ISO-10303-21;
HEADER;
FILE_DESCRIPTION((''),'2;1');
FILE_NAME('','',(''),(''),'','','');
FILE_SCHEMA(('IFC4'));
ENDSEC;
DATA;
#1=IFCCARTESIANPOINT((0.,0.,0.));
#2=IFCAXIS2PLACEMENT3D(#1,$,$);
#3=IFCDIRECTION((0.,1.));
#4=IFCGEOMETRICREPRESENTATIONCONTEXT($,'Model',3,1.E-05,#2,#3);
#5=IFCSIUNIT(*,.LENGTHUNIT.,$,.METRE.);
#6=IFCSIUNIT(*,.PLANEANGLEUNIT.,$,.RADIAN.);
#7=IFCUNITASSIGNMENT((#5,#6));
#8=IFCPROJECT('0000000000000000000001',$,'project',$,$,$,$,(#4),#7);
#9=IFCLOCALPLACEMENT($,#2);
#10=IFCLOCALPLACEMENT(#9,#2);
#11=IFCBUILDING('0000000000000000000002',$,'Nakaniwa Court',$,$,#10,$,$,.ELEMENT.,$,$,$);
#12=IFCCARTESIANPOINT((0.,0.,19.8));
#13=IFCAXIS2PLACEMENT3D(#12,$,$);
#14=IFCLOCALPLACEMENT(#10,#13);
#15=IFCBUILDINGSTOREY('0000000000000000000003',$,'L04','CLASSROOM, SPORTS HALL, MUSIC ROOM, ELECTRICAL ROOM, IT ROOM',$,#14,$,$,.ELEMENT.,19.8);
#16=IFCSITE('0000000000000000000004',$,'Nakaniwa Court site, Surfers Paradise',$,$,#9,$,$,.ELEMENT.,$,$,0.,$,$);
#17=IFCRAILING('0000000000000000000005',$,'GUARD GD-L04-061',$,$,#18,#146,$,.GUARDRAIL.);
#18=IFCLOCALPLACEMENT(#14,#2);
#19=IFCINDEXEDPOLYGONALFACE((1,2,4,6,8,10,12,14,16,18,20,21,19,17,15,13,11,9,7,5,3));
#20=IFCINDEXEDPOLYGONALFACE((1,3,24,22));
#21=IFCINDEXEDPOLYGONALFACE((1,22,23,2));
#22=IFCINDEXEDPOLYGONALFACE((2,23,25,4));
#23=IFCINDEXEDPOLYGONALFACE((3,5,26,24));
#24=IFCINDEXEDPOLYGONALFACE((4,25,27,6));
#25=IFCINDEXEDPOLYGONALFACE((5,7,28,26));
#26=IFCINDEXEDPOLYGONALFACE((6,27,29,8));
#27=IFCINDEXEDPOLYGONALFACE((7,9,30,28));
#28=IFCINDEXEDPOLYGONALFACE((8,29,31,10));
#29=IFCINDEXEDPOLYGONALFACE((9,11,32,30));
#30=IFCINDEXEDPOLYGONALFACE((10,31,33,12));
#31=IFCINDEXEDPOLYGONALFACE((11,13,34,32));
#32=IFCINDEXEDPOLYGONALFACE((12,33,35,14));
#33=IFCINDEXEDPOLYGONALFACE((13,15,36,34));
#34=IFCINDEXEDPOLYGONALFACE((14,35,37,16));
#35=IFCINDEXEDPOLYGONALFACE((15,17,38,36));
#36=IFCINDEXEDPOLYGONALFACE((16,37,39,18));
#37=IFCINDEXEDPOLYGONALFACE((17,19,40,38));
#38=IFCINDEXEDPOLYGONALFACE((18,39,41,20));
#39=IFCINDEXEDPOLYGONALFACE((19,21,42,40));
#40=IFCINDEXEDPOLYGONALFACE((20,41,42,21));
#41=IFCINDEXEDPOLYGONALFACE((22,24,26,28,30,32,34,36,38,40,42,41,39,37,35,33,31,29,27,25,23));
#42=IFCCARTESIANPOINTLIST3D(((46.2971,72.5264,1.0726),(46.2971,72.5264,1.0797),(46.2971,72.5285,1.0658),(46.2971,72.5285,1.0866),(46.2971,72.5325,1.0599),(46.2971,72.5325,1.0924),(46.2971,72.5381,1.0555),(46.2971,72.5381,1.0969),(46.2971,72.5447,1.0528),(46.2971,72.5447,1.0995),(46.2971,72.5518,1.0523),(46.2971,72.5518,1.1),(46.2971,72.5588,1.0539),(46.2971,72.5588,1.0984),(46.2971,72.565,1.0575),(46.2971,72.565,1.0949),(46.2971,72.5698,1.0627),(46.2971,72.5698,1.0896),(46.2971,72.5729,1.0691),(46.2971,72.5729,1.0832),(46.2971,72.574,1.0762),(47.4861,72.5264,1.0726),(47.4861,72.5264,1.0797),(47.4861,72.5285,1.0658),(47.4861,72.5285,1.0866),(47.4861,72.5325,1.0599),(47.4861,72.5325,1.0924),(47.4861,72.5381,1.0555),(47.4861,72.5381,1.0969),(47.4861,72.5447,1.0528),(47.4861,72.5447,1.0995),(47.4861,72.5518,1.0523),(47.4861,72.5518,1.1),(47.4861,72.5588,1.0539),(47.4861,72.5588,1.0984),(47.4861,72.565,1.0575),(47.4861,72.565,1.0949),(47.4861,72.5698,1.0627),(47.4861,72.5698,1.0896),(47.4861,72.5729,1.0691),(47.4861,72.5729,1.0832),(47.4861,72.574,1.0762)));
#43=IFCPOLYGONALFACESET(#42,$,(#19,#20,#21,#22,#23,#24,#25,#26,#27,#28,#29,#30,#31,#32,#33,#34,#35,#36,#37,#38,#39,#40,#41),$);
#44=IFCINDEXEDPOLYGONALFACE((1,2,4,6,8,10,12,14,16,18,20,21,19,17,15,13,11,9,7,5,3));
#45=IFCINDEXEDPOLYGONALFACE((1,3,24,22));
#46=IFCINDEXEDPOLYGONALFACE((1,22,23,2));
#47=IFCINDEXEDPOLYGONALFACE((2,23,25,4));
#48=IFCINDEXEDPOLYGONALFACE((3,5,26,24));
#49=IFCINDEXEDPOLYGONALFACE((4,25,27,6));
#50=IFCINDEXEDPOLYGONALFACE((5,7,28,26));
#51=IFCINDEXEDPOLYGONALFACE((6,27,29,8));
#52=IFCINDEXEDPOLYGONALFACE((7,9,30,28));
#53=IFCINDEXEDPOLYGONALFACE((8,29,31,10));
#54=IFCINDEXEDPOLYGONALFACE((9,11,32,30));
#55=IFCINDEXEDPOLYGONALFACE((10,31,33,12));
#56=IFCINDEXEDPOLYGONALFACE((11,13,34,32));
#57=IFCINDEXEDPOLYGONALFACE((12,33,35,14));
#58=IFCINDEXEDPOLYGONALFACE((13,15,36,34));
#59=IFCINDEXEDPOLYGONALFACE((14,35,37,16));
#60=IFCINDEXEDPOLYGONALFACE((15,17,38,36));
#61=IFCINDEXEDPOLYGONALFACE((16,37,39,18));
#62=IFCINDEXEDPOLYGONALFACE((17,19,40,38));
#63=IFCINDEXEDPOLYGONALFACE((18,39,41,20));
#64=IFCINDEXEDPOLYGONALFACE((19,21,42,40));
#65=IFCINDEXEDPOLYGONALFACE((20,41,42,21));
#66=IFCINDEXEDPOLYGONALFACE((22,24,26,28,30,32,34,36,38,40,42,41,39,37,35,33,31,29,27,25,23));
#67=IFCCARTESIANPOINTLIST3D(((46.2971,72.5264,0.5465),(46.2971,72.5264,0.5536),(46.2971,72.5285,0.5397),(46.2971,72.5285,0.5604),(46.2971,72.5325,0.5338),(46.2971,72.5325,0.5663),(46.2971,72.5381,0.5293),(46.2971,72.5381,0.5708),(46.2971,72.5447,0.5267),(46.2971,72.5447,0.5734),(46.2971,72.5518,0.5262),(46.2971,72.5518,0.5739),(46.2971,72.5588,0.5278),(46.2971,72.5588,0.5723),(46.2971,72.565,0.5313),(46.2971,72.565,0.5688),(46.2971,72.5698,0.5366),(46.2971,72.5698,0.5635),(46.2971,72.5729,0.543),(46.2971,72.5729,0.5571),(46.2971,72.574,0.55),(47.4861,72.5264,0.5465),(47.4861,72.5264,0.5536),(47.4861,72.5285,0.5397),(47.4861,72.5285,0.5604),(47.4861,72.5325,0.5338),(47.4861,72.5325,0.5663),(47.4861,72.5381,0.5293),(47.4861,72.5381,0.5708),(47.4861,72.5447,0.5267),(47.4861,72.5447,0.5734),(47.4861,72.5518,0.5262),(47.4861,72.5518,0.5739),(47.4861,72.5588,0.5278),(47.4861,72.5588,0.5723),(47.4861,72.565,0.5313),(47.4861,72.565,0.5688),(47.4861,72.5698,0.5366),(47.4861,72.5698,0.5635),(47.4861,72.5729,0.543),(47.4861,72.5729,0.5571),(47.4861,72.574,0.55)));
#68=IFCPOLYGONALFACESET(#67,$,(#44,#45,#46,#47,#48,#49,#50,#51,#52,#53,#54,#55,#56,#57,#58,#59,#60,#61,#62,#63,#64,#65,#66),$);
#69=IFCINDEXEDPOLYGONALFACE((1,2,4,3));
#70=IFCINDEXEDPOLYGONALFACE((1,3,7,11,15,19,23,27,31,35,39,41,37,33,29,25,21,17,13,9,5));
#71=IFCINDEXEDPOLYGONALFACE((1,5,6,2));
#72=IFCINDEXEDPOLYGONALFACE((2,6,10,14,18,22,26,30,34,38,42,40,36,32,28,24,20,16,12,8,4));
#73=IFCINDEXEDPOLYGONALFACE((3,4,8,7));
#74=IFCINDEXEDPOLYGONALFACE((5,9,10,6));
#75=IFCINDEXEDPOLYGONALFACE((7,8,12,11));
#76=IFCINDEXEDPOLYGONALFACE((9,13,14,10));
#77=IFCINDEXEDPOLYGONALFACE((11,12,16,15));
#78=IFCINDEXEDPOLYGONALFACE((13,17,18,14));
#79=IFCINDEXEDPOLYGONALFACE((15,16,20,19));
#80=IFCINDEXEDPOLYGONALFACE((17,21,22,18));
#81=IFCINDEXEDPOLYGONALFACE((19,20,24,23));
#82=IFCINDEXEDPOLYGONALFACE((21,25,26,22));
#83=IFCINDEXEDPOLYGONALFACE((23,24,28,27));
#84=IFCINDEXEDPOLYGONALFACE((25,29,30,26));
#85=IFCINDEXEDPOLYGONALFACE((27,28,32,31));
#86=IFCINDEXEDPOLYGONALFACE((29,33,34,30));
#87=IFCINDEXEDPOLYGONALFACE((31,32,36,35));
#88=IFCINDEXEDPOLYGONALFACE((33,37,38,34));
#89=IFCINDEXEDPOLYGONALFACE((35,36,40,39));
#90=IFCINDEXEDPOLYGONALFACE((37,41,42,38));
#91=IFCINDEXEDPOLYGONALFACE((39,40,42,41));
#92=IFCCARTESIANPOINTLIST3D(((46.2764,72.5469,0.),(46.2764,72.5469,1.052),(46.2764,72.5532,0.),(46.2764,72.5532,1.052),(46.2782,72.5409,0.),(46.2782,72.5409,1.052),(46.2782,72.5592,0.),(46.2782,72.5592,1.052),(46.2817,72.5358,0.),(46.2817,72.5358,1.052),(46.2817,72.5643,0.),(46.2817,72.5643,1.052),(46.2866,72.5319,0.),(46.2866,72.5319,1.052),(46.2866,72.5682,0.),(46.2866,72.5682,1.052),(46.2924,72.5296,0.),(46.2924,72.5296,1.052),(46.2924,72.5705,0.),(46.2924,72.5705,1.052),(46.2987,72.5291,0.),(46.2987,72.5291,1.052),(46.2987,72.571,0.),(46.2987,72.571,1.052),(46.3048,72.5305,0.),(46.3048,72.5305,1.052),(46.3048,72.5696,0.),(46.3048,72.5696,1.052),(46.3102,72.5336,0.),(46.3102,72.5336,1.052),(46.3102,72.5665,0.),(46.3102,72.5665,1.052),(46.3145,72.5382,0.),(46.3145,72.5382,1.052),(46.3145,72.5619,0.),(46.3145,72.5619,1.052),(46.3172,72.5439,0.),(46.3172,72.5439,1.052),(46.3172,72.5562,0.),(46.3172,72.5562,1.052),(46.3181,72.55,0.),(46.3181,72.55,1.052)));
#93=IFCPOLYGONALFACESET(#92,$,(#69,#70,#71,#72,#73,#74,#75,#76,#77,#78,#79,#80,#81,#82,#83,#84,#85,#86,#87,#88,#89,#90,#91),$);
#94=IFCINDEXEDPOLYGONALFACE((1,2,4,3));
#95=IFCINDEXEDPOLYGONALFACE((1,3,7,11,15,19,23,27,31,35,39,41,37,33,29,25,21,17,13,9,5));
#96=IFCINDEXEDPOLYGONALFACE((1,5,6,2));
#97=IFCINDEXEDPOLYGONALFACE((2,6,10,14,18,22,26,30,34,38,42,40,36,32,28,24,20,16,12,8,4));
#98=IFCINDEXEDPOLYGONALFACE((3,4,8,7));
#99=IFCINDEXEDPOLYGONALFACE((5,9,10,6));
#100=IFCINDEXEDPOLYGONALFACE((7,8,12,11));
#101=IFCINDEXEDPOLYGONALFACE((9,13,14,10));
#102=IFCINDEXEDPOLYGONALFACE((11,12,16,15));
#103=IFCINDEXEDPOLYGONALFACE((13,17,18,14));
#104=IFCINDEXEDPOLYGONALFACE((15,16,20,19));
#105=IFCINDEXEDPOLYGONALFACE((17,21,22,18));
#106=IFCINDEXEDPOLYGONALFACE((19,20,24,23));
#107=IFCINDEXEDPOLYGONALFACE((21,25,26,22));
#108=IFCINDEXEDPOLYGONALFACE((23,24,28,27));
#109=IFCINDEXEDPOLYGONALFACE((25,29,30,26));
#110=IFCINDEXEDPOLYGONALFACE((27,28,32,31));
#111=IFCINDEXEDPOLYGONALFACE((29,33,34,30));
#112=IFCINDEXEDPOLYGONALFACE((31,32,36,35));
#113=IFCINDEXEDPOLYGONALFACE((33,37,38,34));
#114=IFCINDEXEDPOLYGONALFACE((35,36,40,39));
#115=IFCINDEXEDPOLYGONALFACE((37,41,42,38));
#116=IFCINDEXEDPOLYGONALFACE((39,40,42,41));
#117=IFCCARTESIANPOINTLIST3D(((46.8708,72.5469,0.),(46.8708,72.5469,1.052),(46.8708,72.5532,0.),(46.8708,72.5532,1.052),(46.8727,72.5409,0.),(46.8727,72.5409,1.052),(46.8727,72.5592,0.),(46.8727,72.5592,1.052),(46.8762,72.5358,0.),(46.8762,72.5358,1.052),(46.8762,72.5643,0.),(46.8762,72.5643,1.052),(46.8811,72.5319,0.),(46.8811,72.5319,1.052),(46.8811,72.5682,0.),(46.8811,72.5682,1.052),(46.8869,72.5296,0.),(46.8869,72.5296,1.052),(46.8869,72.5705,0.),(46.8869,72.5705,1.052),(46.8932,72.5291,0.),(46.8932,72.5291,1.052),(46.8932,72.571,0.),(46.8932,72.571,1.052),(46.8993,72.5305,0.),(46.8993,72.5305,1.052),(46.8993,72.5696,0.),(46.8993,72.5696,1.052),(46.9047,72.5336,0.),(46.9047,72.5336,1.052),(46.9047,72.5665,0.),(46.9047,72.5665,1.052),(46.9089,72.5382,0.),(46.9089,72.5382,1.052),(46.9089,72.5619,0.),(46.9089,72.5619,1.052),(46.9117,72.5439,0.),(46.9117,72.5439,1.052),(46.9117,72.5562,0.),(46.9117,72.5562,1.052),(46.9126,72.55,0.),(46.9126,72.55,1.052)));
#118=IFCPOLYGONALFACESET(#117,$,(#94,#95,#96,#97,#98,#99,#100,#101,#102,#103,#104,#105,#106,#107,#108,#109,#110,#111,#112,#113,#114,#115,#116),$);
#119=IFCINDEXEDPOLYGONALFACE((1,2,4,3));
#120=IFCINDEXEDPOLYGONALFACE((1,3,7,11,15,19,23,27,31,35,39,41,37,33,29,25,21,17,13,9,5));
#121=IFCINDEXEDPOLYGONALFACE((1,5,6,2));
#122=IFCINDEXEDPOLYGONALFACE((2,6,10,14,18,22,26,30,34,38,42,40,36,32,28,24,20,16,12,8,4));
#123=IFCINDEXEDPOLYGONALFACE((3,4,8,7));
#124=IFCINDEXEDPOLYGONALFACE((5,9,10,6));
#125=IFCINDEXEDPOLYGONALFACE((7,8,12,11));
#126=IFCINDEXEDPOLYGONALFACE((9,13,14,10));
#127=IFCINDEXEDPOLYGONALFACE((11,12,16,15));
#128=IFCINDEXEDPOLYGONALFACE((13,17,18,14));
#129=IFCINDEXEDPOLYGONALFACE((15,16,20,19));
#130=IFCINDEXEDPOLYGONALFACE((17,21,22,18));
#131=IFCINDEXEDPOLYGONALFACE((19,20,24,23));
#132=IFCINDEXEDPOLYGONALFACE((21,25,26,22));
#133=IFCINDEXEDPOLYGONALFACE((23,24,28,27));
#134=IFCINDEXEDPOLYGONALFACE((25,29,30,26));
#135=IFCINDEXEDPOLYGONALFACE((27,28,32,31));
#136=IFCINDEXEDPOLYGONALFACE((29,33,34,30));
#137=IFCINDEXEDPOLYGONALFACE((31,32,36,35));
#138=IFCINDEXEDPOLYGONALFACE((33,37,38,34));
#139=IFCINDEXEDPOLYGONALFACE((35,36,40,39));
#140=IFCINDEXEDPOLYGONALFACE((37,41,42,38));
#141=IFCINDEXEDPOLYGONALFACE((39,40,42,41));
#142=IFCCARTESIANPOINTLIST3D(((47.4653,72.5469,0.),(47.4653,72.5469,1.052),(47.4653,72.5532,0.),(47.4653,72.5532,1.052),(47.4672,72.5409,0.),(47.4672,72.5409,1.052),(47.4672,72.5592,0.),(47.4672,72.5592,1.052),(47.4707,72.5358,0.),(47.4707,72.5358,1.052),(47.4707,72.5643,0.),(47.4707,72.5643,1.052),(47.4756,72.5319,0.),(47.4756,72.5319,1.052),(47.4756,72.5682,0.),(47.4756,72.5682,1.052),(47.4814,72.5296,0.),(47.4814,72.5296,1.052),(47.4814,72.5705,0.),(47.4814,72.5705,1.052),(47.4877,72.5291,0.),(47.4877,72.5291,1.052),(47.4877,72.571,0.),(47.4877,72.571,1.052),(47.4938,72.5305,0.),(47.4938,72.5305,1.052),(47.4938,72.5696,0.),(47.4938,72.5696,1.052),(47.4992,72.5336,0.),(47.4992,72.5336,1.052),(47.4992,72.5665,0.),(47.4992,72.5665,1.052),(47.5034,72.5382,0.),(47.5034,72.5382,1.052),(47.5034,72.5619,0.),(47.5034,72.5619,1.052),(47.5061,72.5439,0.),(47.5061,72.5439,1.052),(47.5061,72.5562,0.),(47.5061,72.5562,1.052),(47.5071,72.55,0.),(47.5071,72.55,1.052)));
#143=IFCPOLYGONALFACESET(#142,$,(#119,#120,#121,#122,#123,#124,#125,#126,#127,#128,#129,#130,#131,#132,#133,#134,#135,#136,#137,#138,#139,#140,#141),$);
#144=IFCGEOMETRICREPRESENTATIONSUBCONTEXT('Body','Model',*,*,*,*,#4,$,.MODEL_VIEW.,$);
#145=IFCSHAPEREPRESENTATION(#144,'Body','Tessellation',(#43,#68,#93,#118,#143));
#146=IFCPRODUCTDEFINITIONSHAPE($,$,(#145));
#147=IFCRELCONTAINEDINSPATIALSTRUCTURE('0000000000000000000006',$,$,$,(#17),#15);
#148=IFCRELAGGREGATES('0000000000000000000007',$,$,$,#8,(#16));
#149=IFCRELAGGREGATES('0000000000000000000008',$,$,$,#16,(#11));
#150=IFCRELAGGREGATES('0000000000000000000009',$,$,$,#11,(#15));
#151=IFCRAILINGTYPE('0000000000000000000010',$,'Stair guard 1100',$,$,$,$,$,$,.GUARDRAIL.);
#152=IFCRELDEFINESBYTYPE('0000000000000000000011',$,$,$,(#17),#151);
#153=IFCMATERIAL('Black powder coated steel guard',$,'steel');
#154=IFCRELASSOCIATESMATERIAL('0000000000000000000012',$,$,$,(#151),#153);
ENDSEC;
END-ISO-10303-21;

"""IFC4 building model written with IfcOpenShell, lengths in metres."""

from ifc_helpers import new_model, si_unit, direction, frame, origin, origin_2d, place, context, subcontext, project, spatial, circle, extrude, material, type_object, element, save


model = new_model("IFC4")

# Units and contexts
model_context = context("Model", 3, precision=1e-05, world=origin(), true_north=direction((0.0, 1.0)))
body_context = subcontext(model_context, "Body", "Model", "MODEL_VIEW")
ifc_project = project(units=[si_unit("LENGTHUNIT", "METRE"), si_unit("PLANEANGLEUNIT", "RADIAN")], contexts=[model_context])

# Site, building, storey
site_placement = place(None, origin())
site = spatial("IfcSite", under=ifc_project, at=site_placement, Name="Nakaniwa Court site, Surfers Paradise", CompositionType="ELEMENT", RefElevation=0.0)
building_placement = place(site_placement, origin())
building = spatial("IfcBuilding", under=site, at=building_placement, Name="Nakaniwa Court", CompositionType="ELEMENT")
storey_placement = place(building_placement, frame((0.0, 0.0, 19.8)))
storey = spatial("IfcBuildingStorey", under=building, at=storey_placement, Name="L04", Description="CLASSROOM, SPORTS HALL, MUSIC ROOM, ELECTRICAL ROOM, IT ROOM", CompositionType="ELEMENT", Elevation=19.8)

# Railing
ifc_material_1 = material(Name="Black powder coated steel guard", Category="steel")
railing_type = type_object("IfcRailingType", Name="Stair guard 1100", PredefinedType="GUARDRAIL", material=ifc_material_1)
railing_1_placement = place(storey_placement, frame((46.2971, 72.55, 0.0)))
element("IfcRailing", 1, at=railing_1_placement, inside=storey, type_object=railing_type, Name="GUARD GD-L04-061", PredefinedType="GUARDRAIL", context=body_context, shape_type="SweptSolid", body=[
    extrude(circle(Radius=0.0239, at=origin_2d()), frame((0.0, 0.0, 1.0762), z_axis=(1.0, 0.0, 0.0), x_axis=(0.0, 1.0, 0.0)), (0.0, 0.0, 1.0), 1.189),
    extrude(circle(Radius=0.0239, at=origin_2d()), frame((0.0, 0.0, 0.55), z_axis=(1.0, 0.0, 0.0), x_axis=(0.0, 1.0, 0.0)), (0.0, 0.0, 1.0), 1.189),
    extrude(circle(Radius=0.021, at=origin_2d()), origin(), (0.0, 0.0, 1.0), 1.052),
    extrude(circle(Radius=0.021, at=origin_2d()), frame((0.5945, 0.0, 0.0)), (0.0, 0.0, 1.0), 1.052),
    extrude(circle(Radius=0.021, at=origin_2d()), frame((1.189, 0.0, 0.0)), (0.0, 0.0, 1.0), 1.052),
])

save(model, "model.ifc")
